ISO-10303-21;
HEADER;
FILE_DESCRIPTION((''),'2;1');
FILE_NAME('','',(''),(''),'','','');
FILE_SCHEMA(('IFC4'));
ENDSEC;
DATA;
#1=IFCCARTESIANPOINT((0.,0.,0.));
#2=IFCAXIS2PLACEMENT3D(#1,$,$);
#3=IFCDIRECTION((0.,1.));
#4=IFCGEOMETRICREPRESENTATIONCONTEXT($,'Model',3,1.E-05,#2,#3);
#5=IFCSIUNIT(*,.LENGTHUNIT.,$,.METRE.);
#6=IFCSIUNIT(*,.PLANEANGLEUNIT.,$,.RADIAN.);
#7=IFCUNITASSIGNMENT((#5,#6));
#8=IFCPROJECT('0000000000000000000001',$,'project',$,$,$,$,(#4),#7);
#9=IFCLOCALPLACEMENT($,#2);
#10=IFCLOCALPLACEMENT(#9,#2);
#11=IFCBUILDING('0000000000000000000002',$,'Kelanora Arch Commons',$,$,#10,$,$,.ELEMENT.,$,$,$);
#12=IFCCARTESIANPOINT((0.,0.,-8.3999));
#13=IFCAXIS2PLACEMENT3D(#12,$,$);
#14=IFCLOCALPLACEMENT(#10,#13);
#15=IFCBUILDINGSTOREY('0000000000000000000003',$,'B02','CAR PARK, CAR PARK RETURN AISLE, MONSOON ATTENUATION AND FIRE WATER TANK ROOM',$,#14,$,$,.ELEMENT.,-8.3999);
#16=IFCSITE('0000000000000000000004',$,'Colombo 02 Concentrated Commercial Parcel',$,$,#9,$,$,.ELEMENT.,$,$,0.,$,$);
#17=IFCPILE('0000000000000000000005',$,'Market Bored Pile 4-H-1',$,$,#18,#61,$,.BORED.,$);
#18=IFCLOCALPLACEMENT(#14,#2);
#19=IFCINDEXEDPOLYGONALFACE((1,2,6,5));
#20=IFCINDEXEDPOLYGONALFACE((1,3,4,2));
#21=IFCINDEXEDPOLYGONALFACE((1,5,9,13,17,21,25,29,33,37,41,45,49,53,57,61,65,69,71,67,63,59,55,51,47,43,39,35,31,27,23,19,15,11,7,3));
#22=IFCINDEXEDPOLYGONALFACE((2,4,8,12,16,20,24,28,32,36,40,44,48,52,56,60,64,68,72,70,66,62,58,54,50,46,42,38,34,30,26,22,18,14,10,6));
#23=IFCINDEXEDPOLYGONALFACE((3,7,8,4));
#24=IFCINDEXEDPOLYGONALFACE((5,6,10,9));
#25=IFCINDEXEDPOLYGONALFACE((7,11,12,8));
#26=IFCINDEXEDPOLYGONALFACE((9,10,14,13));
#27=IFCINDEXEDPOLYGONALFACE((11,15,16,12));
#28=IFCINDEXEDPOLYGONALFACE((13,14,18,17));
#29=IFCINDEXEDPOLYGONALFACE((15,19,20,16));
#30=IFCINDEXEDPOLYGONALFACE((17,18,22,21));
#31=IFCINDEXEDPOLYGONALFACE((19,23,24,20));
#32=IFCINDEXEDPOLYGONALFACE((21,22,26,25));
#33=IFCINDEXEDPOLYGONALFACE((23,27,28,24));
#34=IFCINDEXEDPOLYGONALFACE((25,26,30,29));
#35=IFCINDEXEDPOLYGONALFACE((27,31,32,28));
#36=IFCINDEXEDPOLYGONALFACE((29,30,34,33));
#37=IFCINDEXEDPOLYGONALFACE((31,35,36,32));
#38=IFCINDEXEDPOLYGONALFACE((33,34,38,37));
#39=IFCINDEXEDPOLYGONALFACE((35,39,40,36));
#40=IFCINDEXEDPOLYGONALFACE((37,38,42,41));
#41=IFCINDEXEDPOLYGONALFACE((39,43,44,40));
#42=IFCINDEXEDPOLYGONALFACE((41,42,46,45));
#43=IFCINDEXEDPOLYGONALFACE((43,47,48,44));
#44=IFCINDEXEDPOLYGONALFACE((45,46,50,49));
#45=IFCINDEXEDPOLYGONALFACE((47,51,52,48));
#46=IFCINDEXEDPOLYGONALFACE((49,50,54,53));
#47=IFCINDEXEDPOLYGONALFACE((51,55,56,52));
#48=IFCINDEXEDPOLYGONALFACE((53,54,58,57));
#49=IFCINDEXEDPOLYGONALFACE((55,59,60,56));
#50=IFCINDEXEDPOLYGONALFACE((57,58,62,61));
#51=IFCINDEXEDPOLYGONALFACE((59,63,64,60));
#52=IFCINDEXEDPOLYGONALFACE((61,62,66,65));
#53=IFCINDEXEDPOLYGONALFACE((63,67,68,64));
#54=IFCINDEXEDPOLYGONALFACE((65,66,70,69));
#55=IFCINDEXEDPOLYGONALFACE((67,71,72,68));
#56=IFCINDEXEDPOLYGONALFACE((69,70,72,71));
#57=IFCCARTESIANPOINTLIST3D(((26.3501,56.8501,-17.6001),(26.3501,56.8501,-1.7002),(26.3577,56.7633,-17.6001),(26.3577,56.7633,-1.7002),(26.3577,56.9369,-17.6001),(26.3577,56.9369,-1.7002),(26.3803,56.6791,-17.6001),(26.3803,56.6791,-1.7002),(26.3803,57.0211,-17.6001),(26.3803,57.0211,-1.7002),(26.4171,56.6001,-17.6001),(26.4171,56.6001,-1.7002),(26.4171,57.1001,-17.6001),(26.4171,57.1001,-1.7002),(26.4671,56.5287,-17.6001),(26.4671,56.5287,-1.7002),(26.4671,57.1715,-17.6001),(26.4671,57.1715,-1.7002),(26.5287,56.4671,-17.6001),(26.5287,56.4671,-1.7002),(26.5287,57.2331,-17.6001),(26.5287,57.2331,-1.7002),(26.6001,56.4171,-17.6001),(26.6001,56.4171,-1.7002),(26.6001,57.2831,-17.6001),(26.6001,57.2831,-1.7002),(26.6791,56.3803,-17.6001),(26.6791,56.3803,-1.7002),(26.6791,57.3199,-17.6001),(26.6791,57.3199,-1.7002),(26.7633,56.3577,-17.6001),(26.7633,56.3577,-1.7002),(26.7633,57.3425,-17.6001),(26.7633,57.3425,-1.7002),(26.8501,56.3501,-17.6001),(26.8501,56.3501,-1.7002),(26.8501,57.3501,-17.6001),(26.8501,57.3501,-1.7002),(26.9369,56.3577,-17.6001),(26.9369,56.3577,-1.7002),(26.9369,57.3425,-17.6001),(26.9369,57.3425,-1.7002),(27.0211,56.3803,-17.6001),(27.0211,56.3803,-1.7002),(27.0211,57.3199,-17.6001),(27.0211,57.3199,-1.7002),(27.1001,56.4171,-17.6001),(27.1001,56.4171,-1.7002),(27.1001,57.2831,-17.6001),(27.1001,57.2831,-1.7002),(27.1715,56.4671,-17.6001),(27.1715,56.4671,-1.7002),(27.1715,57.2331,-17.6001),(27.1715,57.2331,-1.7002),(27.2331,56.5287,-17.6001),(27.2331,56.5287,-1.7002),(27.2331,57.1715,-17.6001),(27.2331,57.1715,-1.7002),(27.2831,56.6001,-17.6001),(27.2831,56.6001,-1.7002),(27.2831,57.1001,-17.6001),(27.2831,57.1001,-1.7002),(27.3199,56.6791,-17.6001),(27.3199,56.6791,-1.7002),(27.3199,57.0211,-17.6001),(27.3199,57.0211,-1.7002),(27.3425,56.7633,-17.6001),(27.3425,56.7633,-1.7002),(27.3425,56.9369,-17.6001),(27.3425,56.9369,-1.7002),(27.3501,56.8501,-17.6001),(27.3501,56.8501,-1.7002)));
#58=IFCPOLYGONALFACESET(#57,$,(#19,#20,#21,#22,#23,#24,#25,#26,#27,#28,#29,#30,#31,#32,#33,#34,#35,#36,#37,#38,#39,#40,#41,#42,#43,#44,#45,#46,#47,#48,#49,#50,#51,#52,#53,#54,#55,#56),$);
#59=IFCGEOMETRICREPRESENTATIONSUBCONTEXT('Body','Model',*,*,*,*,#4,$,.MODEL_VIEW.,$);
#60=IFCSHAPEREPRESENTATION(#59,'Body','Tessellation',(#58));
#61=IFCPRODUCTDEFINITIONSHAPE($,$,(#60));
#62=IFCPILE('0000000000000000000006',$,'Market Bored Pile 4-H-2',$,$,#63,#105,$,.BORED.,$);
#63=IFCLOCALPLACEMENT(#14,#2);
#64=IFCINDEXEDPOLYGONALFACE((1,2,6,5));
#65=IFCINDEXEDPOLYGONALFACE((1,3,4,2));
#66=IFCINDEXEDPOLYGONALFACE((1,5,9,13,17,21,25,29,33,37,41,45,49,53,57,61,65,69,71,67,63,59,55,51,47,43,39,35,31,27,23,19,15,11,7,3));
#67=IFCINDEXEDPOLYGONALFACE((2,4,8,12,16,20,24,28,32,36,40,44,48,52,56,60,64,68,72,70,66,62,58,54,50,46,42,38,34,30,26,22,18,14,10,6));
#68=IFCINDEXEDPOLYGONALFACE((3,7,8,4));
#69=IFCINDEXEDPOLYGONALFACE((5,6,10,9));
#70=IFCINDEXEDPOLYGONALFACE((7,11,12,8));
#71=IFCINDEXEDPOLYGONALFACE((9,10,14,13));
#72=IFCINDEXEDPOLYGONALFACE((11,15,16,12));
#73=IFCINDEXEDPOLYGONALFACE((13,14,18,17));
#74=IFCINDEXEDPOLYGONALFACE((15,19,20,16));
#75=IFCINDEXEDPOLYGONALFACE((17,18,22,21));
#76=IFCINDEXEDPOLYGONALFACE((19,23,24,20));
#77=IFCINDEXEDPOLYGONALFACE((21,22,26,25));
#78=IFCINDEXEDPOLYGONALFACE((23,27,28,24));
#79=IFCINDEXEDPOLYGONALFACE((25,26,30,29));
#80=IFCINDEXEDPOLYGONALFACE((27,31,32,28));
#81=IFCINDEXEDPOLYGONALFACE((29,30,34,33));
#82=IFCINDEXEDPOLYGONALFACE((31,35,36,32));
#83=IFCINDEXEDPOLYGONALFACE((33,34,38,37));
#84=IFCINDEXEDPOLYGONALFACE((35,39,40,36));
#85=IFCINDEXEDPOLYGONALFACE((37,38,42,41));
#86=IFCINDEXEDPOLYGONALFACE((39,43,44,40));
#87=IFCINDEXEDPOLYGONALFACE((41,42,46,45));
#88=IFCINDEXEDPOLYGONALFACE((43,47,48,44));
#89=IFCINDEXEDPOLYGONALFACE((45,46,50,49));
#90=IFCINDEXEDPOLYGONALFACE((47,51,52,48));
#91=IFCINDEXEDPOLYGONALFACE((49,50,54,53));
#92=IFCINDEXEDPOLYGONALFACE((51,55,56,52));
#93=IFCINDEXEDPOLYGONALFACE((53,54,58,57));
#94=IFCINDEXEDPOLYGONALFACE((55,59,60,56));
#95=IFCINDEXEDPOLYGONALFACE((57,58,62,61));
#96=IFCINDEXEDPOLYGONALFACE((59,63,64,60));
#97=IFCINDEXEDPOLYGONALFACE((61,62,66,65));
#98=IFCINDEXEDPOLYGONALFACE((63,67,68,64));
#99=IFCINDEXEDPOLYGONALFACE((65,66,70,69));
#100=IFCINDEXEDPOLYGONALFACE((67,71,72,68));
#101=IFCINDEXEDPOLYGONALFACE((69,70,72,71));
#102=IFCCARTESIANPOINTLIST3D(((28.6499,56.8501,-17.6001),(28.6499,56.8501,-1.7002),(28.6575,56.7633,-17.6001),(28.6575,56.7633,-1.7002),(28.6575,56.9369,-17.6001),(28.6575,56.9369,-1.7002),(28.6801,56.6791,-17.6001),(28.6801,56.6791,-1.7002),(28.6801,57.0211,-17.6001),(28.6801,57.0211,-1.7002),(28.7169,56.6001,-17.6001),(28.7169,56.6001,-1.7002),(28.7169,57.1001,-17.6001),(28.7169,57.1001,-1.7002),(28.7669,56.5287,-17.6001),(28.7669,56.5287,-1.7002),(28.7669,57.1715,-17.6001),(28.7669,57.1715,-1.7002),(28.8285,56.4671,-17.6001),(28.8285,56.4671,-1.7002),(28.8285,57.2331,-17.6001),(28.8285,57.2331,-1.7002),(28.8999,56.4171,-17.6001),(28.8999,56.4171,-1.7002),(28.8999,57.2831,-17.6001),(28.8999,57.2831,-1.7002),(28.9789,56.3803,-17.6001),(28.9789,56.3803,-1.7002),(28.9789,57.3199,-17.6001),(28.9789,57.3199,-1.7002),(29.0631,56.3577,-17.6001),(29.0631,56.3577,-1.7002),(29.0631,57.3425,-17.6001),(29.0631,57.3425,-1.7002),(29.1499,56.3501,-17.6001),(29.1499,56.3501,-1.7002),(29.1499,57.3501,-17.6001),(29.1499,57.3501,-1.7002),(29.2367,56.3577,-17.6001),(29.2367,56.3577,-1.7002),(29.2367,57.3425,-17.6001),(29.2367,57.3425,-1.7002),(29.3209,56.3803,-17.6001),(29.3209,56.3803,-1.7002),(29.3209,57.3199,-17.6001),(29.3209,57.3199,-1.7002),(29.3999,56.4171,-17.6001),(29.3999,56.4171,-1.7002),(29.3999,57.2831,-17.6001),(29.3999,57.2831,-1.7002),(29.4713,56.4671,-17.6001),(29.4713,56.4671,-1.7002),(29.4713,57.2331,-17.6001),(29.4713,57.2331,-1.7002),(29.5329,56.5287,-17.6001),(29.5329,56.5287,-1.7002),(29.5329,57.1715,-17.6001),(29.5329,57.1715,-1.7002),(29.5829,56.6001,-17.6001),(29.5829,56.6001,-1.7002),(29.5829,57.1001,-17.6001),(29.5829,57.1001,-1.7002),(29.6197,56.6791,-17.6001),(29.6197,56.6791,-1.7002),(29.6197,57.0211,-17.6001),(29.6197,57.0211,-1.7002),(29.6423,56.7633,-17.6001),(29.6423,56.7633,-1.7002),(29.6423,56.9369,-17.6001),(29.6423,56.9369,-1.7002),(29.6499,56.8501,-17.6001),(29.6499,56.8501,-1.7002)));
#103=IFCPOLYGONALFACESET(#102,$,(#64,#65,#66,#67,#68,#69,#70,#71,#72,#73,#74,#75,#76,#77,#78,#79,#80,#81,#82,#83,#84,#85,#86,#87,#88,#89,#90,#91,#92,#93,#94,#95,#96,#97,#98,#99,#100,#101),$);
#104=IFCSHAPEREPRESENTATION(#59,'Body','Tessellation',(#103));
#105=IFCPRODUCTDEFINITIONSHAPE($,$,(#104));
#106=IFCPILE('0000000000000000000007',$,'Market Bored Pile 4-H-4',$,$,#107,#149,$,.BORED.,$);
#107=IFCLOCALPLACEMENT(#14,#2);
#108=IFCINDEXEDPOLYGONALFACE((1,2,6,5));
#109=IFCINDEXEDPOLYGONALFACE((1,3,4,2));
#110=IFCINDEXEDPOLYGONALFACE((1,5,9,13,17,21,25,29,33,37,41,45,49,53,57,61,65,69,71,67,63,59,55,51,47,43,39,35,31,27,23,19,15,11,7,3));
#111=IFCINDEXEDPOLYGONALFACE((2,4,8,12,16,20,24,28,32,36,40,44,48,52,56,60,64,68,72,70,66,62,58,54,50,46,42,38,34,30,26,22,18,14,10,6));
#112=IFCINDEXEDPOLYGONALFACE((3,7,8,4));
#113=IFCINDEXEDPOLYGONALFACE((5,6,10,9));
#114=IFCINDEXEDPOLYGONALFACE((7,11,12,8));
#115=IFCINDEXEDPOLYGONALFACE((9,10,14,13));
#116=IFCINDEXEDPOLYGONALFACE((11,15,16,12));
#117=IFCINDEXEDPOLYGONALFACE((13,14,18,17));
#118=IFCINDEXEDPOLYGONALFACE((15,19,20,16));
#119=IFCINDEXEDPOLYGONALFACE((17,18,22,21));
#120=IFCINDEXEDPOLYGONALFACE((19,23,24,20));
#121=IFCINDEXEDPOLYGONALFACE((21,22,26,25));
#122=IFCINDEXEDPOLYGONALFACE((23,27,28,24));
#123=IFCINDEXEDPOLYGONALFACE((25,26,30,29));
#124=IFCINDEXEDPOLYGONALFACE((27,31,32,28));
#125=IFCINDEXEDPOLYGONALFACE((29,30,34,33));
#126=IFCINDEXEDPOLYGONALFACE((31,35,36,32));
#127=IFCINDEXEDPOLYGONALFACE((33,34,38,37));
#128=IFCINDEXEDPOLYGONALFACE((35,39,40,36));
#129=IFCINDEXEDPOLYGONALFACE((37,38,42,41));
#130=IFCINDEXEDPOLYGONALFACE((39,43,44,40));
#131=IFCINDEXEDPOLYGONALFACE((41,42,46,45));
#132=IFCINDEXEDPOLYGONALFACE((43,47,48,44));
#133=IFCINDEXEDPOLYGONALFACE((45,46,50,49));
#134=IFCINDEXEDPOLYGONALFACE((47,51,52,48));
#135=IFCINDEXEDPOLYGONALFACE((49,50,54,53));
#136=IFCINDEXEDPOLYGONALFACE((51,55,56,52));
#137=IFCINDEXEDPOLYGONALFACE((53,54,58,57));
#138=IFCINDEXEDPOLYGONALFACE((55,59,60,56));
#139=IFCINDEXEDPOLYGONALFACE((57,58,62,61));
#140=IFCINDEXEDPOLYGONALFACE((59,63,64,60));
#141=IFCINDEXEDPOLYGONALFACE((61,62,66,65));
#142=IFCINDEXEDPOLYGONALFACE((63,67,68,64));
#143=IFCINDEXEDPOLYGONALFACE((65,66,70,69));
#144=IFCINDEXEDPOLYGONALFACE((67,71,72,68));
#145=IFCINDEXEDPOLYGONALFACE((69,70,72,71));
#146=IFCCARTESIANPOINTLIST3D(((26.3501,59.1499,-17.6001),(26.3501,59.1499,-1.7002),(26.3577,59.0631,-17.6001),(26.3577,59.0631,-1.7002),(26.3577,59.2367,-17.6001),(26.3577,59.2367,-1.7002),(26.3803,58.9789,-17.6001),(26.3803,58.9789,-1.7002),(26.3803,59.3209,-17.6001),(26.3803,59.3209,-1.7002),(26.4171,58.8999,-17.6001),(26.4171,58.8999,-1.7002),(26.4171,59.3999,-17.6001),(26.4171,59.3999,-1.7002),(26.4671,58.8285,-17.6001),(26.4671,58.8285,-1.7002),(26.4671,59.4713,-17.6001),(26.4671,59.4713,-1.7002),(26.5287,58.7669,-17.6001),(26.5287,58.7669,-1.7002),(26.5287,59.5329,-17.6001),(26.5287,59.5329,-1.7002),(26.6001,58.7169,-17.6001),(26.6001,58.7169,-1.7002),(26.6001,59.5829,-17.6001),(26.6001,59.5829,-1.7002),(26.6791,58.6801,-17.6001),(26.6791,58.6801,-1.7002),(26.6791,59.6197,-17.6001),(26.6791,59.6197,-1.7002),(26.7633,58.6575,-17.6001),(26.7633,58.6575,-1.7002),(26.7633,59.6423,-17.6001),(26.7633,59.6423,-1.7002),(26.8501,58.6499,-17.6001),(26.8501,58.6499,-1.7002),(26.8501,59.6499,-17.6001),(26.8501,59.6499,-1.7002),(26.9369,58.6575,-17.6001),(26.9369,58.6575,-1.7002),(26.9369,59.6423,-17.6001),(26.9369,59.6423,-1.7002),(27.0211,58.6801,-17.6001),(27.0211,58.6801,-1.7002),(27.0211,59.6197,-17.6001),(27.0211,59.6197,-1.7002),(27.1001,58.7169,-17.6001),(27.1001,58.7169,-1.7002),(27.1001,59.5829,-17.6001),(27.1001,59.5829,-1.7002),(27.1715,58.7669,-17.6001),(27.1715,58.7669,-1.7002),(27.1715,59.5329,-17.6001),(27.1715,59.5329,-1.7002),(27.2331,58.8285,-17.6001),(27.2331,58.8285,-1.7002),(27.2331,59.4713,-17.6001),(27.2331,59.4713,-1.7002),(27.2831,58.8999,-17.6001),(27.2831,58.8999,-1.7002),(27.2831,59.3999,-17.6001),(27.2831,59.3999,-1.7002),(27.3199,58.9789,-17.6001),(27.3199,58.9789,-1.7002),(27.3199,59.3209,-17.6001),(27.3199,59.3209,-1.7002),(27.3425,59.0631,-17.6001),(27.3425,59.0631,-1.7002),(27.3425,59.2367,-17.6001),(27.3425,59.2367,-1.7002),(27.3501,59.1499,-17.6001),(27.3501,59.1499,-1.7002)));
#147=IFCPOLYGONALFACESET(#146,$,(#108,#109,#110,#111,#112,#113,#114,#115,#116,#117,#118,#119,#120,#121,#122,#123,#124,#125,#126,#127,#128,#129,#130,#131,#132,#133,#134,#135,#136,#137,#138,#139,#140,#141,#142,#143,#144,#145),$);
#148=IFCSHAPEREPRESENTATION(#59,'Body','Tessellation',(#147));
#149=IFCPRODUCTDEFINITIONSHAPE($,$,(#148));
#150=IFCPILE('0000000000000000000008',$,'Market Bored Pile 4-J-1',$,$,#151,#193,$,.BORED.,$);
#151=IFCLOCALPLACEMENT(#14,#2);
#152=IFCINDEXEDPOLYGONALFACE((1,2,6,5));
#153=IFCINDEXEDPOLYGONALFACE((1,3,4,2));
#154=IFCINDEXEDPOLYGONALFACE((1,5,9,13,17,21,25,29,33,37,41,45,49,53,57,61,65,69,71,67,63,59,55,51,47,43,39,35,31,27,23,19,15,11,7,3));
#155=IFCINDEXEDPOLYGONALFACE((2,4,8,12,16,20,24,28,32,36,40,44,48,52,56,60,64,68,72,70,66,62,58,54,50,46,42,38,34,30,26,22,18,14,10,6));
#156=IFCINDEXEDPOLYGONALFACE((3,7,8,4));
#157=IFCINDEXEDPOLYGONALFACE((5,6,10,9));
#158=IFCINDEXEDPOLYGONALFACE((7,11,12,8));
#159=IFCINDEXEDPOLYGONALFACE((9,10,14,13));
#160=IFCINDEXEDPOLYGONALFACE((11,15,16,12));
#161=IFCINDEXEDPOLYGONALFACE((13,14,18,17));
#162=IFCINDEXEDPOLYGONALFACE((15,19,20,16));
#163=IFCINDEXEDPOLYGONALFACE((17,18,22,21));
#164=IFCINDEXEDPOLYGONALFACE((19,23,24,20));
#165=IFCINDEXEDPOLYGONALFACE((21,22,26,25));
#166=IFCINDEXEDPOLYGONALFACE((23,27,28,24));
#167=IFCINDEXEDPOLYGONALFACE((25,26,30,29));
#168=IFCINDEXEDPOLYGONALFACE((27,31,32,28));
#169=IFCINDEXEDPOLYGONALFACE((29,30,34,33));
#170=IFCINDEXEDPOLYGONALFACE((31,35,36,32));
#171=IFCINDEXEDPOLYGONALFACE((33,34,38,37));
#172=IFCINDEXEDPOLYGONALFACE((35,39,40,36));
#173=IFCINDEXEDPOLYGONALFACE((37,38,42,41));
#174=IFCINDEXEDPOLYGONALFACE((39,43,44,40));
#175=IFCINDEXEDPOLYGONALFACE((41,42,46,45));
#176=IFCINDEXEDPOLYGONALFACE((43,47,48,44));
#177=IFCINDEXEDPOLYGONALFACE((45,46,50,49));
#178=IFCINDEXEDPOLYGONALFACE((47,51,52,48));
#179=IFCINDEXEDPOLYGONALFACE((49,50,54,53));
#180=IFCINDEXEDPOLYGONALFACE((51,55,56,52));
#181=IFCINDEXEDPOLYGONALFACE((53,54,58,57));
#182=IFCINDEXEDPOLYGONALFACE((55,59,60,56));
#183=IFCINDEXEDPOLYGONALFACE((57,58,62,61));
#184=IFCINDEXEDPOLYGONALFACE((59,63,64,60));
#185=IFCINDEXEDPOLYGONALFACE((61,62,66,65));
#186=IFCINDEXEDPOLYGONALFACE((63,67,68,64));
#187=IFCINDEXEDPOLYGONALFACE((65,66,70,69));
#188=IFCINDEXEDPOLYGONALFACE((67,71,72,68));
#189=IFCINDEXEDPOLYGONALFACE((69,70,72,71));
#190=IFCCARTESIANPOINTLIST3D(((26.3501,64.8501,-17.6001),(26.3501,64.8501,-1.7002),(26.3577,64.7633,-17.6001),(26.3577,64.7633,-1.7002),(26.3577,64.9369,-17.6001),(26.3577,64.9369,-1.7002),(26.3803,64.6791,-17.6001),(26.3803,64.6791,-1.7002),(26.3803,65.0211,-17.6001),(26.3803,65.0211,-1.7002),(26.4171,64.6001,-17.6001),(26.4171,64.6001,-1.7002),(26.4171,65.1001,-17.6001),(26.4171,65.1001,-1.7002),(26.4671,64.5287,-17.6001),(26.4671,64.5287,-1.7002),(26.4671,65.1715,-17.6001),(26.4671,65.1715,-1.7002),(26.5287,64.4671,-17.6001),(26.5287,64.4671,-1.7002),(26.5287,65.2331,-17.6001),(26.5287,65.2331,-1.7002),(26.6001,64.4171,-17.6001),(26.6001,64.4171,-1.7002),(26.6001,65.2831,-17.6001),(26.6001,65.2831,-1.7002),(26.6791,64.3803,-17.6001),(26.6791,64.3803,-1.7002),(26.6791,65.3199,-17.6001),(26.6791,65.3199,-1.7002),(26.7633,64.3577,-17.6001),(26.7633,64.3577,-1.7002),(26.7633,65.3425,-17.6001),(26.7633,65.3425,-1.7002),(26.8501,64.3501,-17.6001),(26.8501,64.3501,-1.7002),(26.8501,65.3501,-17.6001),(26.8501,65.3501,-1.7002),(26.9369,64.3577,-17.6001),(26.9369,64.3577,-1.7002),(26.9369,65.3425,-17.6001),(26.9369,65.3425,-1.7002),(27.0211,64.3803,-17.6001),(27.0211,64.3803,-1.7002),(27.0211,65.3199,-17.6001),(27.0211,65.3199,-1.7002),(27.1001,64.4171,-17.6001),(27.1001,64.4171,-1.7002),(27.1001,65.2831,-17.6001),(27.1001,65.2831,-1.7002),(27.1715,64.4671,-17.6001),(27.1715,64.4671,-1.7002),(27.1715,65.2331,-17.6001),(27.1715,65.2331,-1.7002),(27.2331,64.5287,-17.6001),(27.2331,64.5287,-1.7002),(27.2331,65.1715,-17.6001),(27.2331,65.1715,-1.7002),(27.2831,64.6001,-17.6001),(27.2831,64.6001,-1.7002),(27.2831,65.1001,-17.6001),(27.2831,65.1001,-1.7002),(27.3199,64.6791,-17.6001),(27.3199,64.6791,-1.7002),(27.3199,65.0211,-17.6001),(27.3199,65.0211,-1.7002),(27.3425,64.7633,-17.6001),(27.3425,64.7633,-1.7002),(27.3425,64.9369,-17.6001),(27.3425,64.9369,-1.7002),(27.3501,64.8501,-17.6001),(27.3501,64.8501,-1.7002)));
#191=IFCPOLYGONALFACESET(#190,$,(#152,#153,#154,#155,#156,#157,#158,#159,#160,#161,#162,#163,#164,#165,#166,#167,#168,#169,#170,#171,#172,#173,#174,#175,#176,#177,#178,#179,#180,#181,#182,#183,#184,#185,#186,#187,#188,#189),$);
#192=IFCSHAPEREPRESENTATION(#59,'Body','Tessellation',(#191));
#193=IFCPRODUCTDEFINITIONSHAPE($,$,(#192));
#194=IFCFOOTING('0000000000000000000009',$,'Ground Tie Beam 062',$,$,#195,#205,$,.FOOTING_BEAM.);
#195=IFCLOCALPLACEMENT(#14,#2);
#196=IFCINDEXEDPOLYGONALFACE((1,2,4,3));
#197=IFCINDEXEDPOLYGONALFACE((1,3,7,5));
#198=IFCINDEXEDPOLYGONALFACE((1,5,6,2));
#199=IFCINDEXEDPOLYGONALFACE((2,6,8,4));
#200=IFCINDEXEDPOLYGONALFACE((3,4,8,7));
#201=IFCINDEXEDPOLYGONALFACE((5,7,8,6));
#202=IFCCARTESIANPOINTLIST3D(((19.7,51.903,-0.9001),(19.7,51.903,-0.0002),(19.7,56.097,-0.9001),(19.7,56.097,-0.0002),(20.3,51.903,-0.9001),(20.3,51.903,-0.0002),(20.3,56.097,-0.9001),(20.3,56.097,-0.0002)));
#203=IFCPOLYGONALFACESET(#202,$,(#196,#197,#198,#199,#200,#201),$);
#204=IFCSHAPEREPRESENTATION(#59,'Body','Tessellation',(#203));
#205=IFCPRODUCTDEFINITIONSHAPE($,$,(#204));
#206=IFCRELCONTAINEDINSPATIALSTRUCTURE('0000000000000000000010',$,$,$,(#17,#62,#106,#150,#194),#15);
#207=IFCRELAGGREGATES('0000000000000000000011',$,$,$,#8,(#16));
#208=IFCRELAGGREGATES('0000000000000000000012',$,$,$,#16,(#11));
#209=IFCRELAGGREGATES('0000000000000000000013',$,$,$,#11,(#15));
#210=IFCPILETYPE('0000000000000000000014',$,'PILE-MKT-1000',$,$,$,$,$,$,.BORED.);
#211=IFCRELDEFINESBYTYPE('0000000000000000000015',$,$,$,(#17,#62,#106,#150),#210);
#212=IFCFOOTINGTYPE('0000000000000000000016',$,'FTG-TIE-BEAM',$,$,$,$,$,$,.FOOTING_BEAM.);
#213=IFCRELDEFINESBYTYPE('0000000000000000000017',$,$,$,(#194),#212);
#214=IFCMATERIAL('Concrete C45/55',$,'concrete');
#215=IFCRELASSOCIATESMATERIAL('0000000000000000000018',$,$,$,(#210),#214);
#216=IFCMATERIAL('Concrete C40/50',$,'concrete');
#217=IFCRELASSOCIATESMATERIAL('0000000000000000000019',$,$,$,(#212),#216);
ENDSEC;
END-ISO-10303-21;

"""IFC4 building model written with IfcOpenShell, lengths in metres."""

from ifc_helpers import new_model, si_unit, direction, frame, origin, origin_2d, place, context, subcontext, project, spatial, rectangle, circle, extrude, source, transform, mapped, material, material_profile, profile_set, type_object, element, save


model = new_model("IFC4")

# Units and contexts
model_context = context("Model", 3, precision=1e-05, world=origin(), true_north=direction((0.0, 1.0)))
body_context = subcontext(model_context, "Body", "Model", "MODEL_VIEW")
ifc_project = project(units=[si_unit("LENGTHUNIT", "METRE"), si_unit("PLANEANGLEUNIT", "RADIAN")], contexts=[model_context])

# Site, building, storey
site_placement = place(None, origin())
site = spatial("IfcSite", under=ifc_project, at=site_placement, Name="Colombo 02 Concentrated Commercial Parcel", CompositionType="ELEMENT", RefElevation=0.0)
building_placement = place(site_placement, origin())
building = spatial("IfcBuilding", under=site, at=building_placement, Name="Kelanora Arch Commons", CompositionType="ELEMENT")
storey_placement = place(building_placement, frame((0.0, 0.0, -8.3999)))
storey = spatial("IfcBuildingStorey", under=building, at=storey_placement, Name="B02", Description="CAR PARK, CAR PARK RETURN AISLE, MONSOON ATTENUATION AND FIRE WATER TANK ROOM", CompositionType="ELEMENT", Elevation=-8.3999)

# Shared definitions
ifc_material_1 = material(Name="Concrete C40/50", Category="concrete")

# Piles
ifc_material_2 = material(Name="Concrete C45/55", Category="concrete")
ifc_material_profile_1 = material_profile(ifc_material_2, circle(Radius=0.5, at=origin_2d()), Name="PILE1000")
ifc_profile_set_1 = profile_set([ifc_material_profile_1], Name="Concrete C45/55")
pile_type = type_object("IfcPileType", Name="PILE-MKT-1000", PredefinedType="BORED", material=ifc_profile_set_1)
shared_shape_1 = source(origin(), body_context, "Body", "SweptSolid", [
    extrude(circle(Radius=0.5, at=origin_2d()), origin(), (0.0, 0.0, 1.0), 15.8999),
])
for number, where, z_axis, x_axis, name in (
    (1, (26.8501, 56.8501, -1.7002), (0.0, 0.0, -1.0), (1.0, 0.0, 0.0), "Market Bored Pile 4-H-1"),
    (2, (29.1499, 56.8501, -1.7002), (0.0, 0.0, -1.0), (1.0, 0.0, 0.0), "Market Bored Pile 4-H-2"),
    (3, (26.8501, 59.1499, -1.7002), (0.0, 0.0, -1.0), (1.0, 0.0, 0.0), "Market Bored Pile 4-H-4"),
    (4, (26.8501, 64.8501, -1.7002), (0.0, 0.0, -1.0), (1.0, 0.0, 0.0), "Market Bored Pile 4-J-1"),
):
    element("IfcPile", number, at=place(storey_placement, frame(where, z_axis=z_axis, x_axis=x_axis)), inside=storey, type_object=pile_type, Name=name, PredefinedType="BORED", context=body_context, shape_type="MappedRepresentation", body=[
        mapped(shared_shape_1, transform((0.0, 0.0, 0.0), scale=1.0)),
    ])

# Footing
footing_type_1 = type_object("IfcFootingType", Name="FTG-TIE-BEAM", PredefinedType="FOOTING_BEAM", material=ifc_material_1)
shared_shape_2 = source(origin(), body_context, "Body", "SweptSolid", [
    extrude(rectangle(XDim=4.1941, YDim=0.6001, at=origin_2d()), origin(), (0.0, 0.0, 1.0), 0.8999),
])
for number, where, z_axis, x_axis, name in (
    (5, (20.0, 54.0, -0.9001), (0.0, 0.0, 1.0), (0.0, 1.0, 0.0), "Ground Tie Beam 062"),
):
    element("IfcFooting", number, at=place(storey_placement, frame(where, z_axis=z_axis, x_axis=x_axis)), inside=storey, type_object=footing_type_1, Name=name, PredefinedType="FOOTING_BEAM", context=body_context, shape_type="MappedRepresentation", body=[
        mapped(shared_shape_2, transform((0.0, 0.0, 0.0), scale=1.0)),
    ])

save(model, "model.ifc")
